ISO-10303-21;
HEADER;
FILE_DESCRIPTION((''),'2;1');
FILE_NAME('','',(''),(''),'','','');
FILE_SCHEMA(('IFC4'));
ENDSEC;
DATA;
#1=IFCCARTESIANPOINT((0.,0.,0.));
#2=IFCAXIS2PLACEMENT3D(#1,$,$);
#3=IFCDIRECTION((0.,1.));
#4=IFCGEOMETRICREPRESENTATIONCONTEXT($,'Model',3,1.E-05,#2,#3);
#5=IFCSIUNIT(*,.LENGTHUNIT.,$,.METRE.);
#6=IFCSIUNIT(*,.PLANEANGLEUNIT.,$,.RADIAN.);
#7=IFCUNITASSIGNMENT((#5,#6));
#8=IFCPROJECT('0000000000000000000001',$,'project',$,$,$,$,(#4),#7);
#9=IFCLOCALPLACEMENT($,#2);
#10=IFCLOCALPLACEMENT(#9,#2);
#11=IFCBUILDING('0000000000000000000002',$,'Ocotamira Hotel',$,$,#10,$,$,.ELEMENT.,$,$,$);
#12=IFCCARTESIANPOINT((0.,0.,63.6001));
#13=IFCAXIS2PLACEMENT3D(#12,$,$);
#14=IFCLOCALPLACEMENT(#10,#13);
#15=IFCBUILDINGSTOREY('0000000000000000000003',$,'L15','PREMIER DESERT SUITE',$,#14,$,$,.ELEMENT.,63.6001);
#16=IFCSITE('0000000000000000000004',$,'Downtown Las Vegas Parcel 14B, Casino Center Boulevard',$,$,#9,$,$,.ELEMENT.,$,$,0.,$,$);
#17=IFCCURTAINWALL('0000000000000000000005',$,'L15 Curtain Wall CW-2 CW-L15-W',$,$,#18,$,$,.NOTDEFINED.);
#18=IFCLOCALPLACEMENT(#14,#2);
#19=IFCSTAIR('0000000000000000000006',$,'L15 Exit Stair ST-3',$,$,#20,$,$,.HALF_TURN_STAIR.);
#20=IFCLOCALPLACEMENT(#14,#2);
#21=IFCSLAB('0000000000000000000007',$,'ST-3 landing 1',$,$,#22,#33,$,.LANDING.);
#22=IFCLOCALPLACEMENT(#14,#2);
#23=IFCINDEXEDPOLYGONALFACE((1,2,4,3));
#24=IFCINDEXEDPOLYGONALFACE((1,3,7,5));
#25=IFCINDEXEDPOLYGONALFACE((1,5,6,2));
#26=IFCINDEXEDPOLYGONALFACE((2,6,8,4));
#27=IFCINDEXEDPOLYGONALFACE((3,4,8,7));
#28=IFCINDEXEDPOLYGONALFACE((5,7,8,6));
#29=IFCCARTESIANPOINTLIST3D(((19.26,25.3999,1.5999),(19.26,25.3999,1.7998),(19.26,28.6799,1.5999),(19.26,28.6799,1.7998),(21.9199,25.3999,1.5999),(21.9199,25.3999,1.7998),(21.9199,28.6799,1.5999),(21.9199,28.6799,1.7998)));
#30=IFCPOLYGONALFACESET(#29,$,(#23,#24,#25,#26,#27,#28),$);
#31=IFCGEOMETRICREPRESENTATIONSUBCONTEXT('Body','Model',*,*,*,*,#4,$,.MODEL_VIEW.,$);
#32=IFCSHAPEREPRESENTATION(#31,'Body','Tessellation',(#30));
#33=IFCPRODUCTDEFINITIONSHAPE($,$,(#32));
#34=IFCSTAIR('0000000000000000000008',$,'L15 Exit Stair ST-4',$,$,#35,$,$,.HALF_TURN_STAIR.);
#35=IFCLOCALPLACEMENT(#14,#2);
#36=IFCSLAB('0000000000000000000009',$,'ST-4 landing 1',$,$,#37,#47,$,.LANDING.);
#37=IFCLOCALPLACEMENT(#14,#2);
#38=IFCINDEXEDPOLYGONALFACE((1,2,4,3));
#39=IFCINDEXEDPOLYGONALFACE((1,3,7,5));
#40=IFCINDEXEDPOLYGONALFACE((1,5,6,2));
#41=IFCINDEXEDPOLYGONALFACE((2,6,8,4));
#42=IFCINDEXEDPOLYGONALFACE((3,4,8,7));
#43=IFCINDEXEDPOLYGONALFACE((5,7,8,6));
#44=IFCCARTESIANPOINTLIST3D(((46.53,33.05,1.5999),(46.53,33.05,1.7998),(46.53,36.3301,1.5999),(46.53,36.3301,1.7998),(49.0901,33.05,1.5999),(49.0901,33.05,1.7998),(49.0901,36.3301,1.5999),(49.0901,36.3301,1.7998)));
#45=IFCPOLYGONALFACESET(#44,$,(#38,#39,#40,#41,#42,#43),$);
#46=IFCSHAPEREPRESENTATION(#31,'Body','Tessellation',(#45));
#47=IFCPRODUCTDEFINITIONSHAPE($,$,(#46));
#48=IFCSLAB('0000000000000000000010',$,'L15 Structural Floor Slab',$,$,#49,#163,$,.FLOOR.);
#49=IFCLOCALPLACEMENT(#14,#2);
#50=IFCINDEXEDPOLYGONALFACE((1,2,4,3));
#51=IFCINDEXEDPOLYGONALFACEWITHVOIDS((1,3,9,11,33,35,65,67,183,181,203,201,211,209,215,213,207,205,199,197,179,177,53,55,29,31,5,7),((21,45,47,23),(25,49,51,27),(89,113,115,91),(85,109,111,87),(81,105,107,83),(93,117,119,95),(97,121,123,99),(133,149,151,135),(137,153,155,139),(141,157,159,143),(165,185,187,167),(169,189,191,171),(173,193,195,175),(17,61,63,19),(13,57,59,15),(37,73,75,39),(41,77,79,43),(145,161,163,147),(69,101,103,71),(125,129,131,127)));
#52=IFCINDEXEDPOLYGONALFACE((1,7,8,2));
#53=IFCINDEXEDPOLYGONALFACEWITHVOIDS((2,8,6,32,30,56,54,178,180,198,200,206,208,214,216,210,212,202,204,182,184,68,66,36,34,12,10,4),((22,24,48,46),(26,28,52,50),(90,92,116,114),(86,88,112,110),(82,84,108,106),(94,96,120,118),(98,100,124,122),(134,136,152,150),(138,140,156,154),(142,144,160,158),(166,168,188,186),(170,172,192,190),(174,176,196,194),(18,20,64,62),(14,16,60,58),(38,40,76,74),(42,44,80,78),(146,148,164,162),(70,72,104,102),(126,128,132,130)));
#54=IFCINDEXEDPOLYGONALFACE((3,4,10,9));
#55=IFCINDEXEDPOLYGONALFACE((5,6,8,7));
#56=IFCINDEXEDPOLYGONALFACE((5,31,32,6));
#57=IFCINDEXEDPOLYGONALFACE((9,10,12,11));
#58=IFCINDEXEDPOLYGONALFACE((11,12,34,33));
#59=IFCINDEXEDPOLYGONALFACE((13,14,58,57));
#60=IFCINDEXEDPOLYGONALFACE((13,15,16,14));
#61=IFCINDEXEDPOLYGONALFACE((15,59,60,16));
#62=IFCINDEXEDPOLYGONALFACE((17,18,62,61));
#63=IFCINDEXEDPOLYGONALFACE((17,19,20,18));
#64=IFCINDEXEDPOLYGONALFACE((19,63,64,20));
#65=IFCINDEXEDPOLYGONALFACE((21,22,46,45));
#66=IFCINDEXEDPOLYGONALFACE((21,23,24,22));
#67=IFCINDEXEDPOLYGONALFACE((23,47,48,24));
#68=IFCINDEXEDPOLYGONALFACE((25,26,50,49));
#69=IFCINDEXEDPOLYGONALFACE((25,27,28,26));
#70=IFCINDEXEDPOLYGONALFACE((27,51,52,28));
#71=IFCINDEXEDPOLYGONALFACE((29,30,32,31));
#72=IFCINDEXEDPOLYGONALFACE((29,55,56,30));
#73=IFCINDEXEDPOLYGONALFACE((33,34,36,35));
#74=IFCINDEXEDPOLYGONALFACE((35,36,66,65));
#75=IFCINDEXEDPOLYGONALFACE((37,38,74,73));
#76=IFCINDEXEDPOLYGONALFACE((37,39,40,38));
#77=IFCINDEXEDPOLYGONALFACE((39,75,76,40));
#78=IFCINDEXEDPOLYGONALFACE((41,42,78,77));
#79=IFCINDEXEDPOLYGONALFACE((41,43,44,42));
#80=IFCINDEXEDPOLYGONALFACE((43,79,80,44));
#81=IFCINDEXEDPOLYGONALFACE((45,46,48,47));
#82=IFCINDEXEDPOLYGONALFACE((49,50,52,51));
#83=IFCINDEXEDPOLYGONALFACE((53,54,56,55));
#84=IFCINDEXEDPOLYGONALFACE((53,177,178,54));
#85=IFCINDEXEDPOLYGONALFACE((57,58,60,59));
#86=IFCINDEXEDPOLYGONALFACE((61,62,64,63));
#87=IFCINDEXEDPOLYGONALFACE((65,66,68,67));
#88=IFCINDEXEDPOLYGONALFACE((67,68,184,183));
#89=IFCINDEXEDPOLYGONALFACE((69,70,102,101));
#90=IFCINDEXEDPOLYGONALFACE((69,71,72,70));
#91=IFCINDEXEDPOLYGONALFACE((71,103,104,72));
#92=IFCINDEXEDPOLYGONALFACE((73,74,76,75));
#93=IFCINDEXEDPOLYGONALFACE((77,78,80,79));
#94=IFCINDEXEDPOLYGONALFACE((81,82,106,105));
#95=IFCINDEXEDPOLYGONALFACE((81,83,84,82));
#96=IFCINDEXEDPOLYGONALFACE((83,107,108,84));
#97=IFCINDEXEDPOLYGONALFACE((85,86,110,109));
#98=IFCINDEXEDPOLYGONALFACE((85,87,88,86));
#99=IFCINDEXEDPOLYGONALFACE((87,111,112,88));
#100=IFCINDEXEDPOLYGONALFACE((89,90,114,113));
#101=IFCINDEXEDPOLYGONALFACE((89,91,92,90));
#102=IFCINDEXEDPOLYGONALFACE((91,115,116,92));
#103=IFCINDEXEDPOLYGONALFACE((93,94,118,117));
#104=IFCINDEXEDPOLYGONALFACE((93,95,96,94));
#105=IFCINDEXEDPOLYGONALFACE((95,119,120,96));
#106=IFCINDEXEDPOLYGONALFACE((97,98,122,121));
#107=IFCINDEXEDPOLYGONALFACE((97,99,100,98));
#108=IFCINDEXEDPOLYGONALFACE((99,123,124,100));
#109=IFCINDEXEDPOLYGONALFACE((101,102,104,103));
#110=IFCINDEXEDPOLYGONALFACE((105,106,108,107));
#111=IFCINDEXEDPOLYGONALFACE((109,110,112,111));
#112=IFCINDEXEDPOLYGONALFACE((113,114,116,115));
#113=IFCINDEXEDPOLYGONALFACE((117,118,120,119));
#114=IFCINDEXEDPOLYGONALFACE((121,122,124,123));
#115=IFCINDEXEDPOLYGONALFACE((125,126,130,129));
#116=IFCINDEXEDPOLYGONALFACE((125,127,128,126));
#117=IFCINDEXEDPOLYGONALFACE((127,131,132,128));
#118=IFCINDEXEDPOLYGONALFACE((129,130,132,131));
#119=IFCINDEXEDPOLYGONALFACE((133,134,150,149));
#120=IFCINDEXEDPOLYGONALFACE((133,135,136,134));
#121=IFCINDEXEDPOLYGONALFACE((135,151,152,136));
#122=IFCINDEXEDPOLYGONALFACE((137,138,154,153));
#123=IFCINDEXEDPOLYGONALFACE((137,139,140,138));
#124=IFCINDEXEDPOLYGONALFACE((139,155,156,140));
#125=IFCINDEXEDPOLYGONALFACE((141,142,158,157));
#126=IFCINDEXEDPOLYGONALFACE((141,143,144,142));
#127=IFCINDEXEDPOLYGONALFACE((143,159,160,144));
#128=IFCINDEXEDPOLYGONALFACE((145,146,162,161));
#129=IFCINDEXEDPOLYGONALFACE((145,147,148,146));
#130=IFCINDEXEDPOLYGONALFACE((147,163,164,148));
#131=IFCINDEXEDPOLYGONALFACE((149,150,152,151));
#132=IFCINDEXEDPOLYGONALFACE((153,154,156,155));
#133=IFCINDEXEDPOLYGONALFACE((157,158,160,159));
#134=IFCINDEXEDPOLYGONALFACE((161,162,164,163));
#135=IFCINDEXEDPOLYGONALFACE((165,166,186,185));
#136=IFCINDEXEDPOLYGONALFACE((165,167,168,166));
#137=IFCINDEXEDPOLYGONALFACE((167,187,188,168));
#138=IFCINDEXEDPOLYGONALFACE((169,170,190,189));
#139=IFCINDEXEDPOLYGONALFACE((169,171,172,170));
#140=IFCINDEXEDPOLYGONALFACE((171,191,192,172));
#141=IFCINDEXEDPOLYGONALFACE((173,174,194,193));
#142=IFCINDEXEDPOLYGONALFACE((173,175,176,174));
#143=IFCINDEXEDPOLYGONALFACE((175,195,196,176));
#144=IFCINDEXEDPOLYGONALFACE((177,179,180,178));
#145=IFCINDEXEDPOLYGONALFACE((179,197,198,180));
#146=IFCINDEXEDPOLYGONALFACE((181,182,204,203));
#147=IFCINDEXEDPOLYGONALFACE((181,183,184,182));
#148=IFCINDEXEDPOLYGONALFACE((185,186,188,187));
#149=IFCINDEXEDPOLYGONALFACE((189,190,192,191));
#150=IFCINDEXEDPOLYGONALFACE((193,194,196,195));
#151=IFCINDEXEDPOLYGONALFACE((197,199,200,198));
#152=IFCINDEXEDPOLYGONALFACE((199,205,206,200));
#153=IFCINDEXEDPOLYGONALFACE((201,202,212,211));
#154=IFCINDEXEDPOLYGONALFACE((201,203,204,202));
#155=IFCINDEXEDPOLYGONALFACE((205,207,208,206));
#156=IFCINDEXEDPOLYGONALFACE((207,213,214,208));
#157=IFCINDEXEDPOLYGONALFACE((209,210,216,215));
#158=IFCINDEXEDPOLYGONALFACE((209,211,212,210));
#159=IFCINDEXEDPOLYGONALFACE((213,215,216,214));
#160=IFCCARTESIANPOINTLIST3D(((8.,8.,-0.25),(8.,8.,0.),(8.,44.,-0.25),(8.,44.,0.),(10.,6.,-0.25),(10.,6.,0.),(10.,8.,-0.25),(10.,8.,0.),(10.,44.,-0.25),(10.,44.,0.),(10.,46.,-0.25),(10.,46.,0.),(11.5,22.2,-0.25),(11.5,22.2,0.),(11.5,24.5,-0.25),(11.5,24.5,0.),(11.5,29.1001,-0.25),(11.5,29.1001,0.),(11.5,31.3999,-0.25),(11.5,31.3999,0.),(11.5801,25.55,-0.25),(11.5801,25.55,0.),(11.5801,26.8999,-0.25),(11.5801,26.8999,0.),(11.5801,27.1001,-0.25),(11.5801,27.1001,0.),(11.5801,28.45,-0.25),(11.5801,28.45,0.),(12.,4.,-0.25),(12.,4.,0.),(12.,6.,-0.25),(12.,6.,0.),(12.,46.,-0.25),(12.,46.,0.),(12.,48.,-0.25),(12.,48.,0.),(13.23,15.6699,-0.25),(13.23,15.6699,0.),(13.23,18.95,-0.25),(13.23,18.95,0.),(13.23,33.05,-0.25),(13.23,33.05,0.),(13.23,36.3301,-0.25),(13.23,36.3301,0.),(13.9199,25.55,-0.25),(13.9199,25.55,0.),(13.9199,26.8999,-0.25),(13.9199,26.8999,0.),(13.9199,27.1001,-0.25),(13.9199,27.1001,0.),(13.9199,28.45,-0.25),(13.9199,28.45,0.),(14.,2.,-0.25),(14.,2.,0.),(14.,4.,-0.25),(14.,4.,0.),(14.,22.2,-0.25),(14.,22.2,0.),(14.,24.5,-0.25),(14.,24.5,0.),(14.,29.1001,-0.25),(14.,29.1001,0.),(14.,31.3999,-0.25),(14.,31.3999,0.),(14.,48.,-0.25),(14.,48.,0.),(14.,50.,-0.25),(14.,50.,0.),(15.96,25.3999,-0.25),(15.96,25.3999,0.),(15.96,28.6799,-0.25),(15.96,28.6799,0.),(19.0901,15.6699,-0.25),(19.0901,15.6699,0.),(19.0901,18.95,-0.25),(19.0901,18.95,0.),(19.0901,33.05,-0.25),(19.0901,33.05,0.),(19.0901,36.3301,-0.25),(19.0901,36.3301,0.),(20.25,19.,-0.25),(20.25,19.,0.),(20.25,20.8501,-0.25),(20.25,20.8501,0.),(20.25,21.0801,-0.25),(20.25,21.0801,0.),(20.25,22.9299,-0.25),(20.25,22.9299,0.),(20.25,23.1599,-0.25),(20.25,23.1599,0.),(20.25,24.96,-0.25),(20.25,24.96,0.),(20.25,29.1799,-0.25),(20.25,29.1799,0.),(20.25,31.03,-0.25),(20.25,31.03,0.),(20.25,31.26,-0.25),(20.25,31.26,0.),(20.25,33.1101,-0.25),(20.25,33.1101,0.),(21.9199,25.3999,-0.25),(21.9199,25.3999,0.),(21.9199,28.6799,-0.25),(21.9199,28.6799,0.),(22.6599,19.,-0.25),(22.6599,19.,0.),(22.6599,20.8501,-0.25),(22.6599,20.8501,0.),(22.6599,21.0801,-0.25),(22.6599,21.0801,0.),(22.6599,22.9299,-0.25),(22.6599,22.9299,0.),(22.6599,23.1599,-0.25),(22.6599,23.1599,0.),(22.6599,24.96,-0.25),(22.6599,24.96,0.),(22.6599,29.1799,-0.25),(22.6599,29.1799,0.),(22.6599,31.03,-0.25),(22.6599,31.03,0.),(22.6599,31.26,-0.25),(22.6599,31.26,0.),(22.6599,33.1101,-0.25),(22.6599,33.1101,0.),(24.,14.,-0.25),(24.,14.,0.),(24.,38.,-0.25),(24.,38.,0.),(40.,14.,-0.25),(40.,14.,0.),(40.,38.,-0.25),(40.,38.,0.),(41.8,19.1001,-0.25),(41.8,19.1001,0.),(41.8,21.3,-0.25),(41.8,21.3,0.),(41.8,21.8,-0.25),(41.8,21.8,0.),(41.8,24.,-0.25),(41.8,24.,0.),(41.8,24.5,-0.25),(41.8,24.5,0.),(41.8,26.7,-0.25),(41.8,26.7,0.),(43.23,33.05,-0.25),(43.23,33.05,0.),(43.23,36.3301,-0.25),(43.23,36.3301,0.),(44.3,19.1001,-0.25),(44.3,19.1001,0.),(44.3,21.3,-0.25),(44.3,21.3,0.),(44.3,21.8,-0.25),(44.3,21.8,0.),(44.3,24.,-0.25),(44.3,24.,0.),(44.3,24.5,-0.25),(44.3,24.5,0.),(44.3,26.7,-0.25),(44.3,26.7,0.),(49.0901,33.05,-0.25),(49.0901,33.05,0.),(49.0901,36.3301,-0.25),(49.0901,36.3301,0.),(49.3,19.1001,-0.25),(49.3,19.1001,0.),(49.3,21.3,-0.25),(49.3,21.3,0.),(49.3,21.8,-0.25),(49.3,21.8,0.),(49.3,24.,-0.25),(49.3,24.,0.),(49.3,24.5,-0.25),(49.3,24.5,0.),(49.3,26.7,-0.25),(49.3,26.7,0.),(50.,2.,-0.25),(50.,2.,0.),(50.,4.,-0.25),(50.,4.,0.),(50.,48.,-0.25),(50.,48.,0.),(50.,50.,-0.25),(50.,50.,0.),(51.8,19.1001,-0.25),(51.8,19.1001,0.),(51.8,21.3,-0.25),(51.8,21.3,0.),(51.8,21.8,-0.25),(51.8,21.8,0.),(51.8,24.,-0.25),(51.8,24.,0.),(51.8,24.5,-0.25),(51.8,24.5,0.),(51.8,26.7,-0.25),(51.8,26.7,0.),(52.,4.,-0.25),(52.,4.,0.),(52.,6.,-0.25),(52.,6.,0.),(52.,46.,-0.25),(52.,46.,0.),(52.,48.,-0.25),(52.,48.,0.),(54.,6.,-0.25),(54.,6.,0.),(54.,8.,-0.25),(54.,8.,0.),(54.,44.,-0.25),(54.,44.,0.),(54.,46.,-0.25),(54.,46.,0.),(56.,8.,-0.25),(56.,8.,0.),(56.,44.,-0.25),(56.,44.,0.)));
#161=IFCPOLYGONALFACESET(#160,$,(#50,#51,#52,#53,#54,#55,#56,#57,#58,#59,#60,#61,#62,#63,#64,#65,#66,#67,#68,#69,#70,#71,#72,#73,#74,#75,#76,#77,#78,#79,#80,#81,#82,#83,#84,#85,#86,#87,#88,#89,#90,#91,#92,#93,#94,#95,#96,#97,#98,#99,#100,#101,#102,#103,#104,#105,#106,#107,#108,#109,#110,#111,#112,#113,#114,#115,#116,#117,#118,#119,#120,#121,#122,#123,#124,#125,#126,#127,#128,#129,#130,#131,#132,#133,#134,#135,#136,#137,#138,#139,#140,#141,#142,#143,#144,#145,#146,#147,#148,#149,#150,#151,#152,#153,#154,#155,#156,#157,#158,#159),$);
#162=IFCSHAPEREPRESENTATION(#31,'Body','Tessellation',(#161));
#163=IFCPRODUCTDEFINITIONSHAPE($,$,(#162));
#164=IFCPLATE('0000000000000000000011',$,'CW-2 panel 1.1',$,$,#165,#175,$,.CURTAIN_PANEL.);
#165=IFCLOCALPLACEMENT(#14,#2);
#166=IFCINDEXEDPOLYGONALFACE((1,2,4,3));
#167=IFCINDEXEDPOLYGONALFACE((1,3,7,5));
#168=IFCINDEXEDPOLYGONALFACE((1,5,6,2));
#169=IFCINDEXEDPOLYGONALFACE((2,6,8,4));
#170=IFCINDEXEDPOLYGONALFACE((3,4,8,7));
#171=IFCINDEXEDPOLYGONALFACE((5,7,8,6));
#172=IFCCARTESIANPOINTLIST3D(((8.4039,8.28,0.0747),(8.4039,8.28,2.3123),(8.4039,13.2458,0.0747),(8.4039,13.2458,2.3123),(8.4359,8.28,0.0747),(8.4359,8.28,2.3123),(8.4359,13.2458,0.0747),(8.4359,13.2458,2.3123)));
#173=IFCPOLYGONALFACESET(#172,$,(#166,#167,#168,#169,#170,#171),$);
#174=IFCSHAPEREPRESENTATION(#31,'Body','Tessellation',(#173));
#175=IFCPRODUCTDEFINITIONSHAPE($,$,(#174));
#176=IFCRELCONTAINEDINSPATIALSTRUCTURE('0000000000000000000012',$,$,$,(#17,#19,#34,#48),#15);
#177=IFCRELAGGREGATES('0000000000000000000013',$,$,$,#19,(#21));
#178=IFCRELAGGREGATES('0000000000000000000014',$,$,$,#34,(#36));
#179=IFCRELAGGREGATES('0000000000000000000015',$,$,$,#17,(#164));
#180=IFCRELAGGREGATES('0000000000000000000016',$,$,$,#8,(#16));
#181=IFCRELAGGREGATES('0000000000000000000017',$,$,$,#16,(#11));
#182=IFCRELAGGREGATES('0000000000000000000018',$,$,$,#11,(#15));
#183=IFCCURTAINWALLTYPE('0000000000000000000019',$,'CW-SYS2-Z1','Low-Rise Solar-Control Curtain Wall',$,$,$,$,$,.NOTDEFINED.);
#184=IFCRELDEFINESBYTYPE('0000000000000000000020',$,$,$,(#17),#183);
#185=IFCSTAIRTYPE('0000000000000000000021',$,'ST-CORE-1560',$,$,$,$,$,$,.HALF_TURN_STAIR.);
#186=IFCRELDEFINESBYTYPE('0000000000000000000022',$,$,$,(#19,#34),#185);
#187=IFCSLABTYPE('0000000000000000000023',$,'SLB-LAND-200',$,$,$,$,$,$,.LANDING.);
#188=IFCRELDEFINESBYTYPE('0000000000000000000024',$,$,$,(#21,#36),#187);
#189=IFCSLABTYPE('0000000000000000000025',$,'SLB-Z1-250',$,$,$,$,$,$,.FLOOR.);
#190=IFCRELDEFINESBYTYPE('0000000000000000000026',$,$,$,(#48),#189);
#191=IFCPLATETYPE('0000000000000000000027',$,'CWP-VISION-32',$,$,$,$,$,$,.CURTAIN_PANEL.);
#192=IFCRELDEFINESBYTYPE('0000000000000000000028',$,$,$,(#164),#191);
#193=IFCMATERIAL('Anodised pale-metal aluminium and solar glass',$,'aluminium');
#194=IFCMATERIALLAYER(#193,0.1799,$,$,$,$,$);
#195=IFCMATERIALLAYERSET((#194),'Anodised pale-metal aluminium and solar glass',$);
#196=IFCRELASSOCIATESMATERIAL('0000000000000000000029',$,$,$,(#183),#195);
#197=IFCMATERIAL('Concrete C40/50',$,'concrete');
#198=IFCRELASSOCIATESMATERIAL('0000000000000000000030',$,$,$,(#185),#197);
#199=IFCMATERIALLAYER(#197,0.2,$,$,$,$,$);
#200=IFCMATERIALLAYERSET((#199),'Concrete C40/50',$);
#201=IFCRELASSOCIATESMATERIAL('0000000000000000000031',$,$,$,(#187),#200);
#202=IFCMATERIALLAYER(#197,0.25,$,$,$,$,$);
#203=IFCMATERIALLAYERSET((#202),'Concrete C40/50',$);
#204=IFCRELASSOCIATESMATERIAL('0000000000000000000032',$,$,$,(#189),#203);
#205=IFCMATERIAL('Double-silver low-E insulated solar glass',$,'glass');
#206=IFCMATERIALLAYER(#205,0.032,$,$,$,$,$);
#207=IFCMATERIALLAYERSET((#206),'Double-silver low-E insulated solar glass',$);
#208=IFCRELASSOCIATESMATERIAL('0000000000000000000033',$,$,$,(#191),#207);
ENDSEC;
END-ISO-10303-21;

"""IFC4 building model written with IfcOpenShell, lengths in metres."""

from ifc_helpers import new_model, si_unit, direction, frame, origin, origin_2d, place, context, subcontext, project, spatial, polyline, rectangle, outline, extrude, source, transform, mapped, material, layer, layer_set, type_object, element, aggregate, save


model = new_model("IFC4")

# Units and contexts
model_context = context("Model", 3, precision=1e-05, world=origin(), true_north=direction((0.0, 1.0)))
body_context = subcontext(model_context, "Body", "Model", "MODEL_VIEW")
ifc_project = project(units=[si_unit("LENGTHUNIT", "METRE"), si_unit("PLANEANGLEUNIT", "RADIAN")], contexts=[model_context])

# Site, building, storey
site_placement = place(None, origin())
site = spatial("IfcSite", under=ifc_project, at=site_placement, Name="Downtown Las Vegas Parcel 14B, Casino Center Boulevard", CompositionType="ELEMENT", RefElevation=0.0)
building_placement = place(site_placement, origin())
building = spatial("IfcBuilding", under=site, at=building_placement, Name="Ocotamira Hotel", CompositionType="ELEMENT")
storey_placement = place(building_placement, frame((0.0, 0.0, 63.6001)))
storey = spatial("IfcBuildingStorey", under=building, at=storey_placement, Name="L15", Description="PREMIER DESERT SUITE", CompositionType="ELEMENT", Elevation=63.6001)

# Curtain wall
ifc_material_1 = material(Name="Anodised pale-metal aluminium and solar glass", Category="aluminium")
ifc_layer_1 = layer(ifc_material_1, 0.1799)
ifc_layer_set_1 = layer_set([ifc_layer_1], Name="Anodised pale-metal aluminium and solar glass")
curtain_wall_type = type_object("IfcCurtainWallType", Name="CW-SYS2-Z1", Description="Low-Rise Solar-Control Curtain Wall", PredefinedType="NOTDEFINED", material=ifc_layer_set_1)
curtain_wall_placement = place(storey_placement, origin())
curtain_wall = element("IfcCurtainWall", 1, at=curtain_wall_placement, inside=storey, type_object=curtain_wall_type, Name="L15 Curtain Wall CW-2 CW-L15-W", PredefinedType="NOTDEFINED")

# Stairs, slabs
ifc_material_2 = material(Name="Concrete C40/50", Category="concrete")
stair_type = type_object("IfcStairType", Name="ST-CORE-1560", PredefinedType="HALF_TURN_STAIR", material=ifc_material_2)
ifc_layer_2 = layer(ifc_material_2, 0.2)
ifc_layer_set_2 = layer_set([ifc_layer_2], Name="Concrete C40/50")
slab_type_1 = type_object("IfcSlabType", Name="SLB-LAND-200", PredefinedType="LANDING", material=ifc_layer_set_2)
stair_1_placement = place(storey_placement, origin())
stair_1 = element("IfcStair", 2, at=stair_1_placement, inside=storey, type_object=stair_type, Name="L15 Exit Stair ST-3", PredefinedType="HALF_TURN_STAIR")
slab_1_placement = place(storey_placement, frame((0.0, 0.0, 1.5999)))
slab_1 = element("IfcSlab", 3, at=slab_1_placement, type_object=slab_type_1, Name="ST-3 landing 1", PredefinedType="LANDING", context=body_context, shape_type="SweptSolid", body=[
    extrude(outline(polyline([(19.26, 25.3999), (21.9199, 25.3999), (21.9199, 28.6799), (19.26, 28.6799), (19.26, 25.3999)])), origin(), (0.0, 0.0, 1.0), 0.2),
])
aggregate(stair_1, [slab_1])
stair_2_placement = place(storey_placement, origin())
stair_2 = element("IfcStair", 4, at=stair_2_placement, inside=storey, type_object=stair_type, Name="L15 Exit Stair ST-4", PredefinedType="HALF_TURN_STAIR")
slab_2_placement = place(storey_placement, frame((0.0, 0.0, 1.5999)))
slab_2 = element("IfcSlab", 5, at=slab_2_placement, type_object=slab_type_1, Name="ST-4 landing 1", PredefinedType="LANDING", context=body_context, shape_type="SweptSolid", body=[
    extrude(outline(polyline([(46.53, 33.05), (49.0901, 33.05), (49.0901, 36.3301), (46.53, 36.3301), (46.53, 33.05)])), origin(), (0.0, 0.0, 1.0), 0.2),
])
aggregate(stair_2, [slab_2])

# Slab
ifc_layer_3 = layer(ifc_material_2, 0.25)
ifc_layer_set_3 = layer_set([ifc_layer_3], Name="Concrete C40/50")
slab_type_2 = type_object("IfcSlabType", Name="SLB-Z1-250", PredefinedType="FLOOR", material=ifc_layer_set_3)
slab_3_placement = place(storey_placement, frame((0.0, 0.0, -0.25)))
element("IfcSlab", 6, at=slab_3_placement, inside=storey, type_object=slab_type_2, Name="L15 Structural Floor Slab", PredefinedType="FLOOR", context=body_context, shape_type="SweptSolid", body=[
    extrude(outline(polyline([(14.0, 2.0), (50.0, 2.0), (50.0, 4.0), (52.0, 4.0), (52.0, 6.0), (54.0, 6.0), (54.0, 8.0), (56.0, 8.0), (56.0, 44.0), (54.0, 44.0), (54.0, 46.0), (52.0, 46.0), (52.0, 48.0), (50.0, 48.0), (50.0, 50.0), (14.0, 50.0), (14.0, 48.0), (12.0, 48.0), (12.0, 46.0), (10.0, 46.0), (10.0, 44.0), (8.0, 44.0), (8.0, 8.0), (10.0, 8.0), (10.0, 6.0), (12.0, 6.0), (12.0, 4.0), (14.0, 4.0), (14.0, 2.0)]), holes=[polyline([(24.0, 14.0), (40.0, 14.0), (40.0, 38.0), (24.0, 38.0), (24.0, 14.0)]), polyline([(13.23, 15.6699), (19.0901, 15.6699), (19.0901, 18.95), (13.23, 18.95), (13.23, 15.6699)]), polyline([(13.23, 33.05), (19.0901, 33.05), (19.0901, 36.3301), (13.23, 36.3301), (13.23, 33.05)]), polyline([(15.96, 25.3999), (21.9199, 25.3999), (21.9199, 28.6799), (15.96, 28.6799), (15.96, 25.3999)]), polyline([(43.23, 33.05), (49.0901, 33.05), (49.0901, 36.3301), (43.23, 36.3301), (43.23, 33.05)]), polyline([(49.3, 19.1001), (51.8, 19.1001), (51.8, 21.3), (49.3, 21.3), (49.3, 19.1001)]), polyline([(49.3, 21.8), (51.8, 21.8), (51.8, 24.0), (49.3, 24.0), (49.3, 21.8)]), polyline([(49.3, 24.5), (51.8, 24.5), (51.8, 26.7), (49.3, 26.7), (49.3, 24.5)]), polyline([(41.8, 19.1001), (44.3, 19.1001), (44.3, 21.3), (41.8, 21.3), (41.8, 19.1001)]), polyline([(41.8, 21.8), (44.3, 21.8), (44.3, 24.0), (41.8, 24.0), (41.8, 21.8)]), polyline([(41.8, 24.5), (44.3, 24.5), (44.3, 26.7), (41.8, 26.7), (41.8, 24.5)]), polyline([(20.25, 19.0), (22.6599, 19.0), (22.6599, 20.8501), (20.25, 20.8501), (20.25, 19.0)]), polyline([(20.25, 21.0801), (22.6599, 21.0801), (22.6599, 22.9299), (20.25, 22.9299), (20.25, 21.0801)]), polyline([(20.25, 23.1599), (22.6599, 23.1599), (22.6599, 24.96), (20.25, 24.96), (20.25, 23.1599)]), polyline([(20.25, 29.1799), (22.6599, 29.1799), (22.6599, 31.03), (20.25, 31.03), (20.25, 29.1799)]), polyline([(20.25, 31.26), (22.6599, 31.26), (22.6599, 33.1101), (20.25, 33.1101), (20.25, 31.26)]), polyline([(11.5, 22.2), (14.0, 22.2), (14.0, 24.5), (11.5, 24.5), (11.5, 22.2)]), polyline([(11.5, 29.1001), (14.0, 29.1001), (14.0, 31.3999), (11.5, 31.3999), (11.5, 29.1001)]), polyline([(11.5801, 25.55), (13.9199, 25.55), (13.9199, 26.8999), (11.5801, 26.8999), (11.5801, 25.55)]), polyline([(11.5801, 27.1001), (13.9199, 27.1001), (13.9199, 28.45), (11.5801, 28.45), (11.5801, 27.1001)])]), origin(), (0.0, 0.0, 1.0), 0.25),
])

# Plate
ifc_material_3 = material(Name="Double-silver low-E insulated solar glass", Category="glass")
ifc_layer_4 = layer(ifc_material_3, 0.032)
ifc_layer_set_4 = layer_set([ifc_layer_4], Name="Double-silver low-E insulated solar glass")
plate_type = type_object("IfcPlateType", Name="CWP-VISION-32", PredefinedType="CURTAIN_PANEL", material=ifc_layer_set_4)
shared_shape_1 = source(origin(), body_context, "Body", "SweptSolid", [
    extrude(rectangle(XDim=4.9658, YDim=0.032, at=origin_2d()), origin(), (0.0, 0.0, 1.0), 2.2375),
])
plate_1_placement = place(storey_placement, frame((8.4199, 10.7629, 0.0747), z_axis=(0.0, 0.0, 1.0), x_axis=(0.0, 1.0, 0.0)))
plate_1 = element("IfcPlate", 7, at=plate_1_placement, type_object=plate_type, Name="CW-2 panel 1.1", PredefinedType="CURTAIN_PANEL", context=body_context, shape_type="MappedRepresentation", body=[
    mapped(shared_shape_1, transform((0.0, 0.0, 0.0), scale=1.0)),
])
aggregate(curtain_wall, [plate_1])

save(model, "model.ifc")
